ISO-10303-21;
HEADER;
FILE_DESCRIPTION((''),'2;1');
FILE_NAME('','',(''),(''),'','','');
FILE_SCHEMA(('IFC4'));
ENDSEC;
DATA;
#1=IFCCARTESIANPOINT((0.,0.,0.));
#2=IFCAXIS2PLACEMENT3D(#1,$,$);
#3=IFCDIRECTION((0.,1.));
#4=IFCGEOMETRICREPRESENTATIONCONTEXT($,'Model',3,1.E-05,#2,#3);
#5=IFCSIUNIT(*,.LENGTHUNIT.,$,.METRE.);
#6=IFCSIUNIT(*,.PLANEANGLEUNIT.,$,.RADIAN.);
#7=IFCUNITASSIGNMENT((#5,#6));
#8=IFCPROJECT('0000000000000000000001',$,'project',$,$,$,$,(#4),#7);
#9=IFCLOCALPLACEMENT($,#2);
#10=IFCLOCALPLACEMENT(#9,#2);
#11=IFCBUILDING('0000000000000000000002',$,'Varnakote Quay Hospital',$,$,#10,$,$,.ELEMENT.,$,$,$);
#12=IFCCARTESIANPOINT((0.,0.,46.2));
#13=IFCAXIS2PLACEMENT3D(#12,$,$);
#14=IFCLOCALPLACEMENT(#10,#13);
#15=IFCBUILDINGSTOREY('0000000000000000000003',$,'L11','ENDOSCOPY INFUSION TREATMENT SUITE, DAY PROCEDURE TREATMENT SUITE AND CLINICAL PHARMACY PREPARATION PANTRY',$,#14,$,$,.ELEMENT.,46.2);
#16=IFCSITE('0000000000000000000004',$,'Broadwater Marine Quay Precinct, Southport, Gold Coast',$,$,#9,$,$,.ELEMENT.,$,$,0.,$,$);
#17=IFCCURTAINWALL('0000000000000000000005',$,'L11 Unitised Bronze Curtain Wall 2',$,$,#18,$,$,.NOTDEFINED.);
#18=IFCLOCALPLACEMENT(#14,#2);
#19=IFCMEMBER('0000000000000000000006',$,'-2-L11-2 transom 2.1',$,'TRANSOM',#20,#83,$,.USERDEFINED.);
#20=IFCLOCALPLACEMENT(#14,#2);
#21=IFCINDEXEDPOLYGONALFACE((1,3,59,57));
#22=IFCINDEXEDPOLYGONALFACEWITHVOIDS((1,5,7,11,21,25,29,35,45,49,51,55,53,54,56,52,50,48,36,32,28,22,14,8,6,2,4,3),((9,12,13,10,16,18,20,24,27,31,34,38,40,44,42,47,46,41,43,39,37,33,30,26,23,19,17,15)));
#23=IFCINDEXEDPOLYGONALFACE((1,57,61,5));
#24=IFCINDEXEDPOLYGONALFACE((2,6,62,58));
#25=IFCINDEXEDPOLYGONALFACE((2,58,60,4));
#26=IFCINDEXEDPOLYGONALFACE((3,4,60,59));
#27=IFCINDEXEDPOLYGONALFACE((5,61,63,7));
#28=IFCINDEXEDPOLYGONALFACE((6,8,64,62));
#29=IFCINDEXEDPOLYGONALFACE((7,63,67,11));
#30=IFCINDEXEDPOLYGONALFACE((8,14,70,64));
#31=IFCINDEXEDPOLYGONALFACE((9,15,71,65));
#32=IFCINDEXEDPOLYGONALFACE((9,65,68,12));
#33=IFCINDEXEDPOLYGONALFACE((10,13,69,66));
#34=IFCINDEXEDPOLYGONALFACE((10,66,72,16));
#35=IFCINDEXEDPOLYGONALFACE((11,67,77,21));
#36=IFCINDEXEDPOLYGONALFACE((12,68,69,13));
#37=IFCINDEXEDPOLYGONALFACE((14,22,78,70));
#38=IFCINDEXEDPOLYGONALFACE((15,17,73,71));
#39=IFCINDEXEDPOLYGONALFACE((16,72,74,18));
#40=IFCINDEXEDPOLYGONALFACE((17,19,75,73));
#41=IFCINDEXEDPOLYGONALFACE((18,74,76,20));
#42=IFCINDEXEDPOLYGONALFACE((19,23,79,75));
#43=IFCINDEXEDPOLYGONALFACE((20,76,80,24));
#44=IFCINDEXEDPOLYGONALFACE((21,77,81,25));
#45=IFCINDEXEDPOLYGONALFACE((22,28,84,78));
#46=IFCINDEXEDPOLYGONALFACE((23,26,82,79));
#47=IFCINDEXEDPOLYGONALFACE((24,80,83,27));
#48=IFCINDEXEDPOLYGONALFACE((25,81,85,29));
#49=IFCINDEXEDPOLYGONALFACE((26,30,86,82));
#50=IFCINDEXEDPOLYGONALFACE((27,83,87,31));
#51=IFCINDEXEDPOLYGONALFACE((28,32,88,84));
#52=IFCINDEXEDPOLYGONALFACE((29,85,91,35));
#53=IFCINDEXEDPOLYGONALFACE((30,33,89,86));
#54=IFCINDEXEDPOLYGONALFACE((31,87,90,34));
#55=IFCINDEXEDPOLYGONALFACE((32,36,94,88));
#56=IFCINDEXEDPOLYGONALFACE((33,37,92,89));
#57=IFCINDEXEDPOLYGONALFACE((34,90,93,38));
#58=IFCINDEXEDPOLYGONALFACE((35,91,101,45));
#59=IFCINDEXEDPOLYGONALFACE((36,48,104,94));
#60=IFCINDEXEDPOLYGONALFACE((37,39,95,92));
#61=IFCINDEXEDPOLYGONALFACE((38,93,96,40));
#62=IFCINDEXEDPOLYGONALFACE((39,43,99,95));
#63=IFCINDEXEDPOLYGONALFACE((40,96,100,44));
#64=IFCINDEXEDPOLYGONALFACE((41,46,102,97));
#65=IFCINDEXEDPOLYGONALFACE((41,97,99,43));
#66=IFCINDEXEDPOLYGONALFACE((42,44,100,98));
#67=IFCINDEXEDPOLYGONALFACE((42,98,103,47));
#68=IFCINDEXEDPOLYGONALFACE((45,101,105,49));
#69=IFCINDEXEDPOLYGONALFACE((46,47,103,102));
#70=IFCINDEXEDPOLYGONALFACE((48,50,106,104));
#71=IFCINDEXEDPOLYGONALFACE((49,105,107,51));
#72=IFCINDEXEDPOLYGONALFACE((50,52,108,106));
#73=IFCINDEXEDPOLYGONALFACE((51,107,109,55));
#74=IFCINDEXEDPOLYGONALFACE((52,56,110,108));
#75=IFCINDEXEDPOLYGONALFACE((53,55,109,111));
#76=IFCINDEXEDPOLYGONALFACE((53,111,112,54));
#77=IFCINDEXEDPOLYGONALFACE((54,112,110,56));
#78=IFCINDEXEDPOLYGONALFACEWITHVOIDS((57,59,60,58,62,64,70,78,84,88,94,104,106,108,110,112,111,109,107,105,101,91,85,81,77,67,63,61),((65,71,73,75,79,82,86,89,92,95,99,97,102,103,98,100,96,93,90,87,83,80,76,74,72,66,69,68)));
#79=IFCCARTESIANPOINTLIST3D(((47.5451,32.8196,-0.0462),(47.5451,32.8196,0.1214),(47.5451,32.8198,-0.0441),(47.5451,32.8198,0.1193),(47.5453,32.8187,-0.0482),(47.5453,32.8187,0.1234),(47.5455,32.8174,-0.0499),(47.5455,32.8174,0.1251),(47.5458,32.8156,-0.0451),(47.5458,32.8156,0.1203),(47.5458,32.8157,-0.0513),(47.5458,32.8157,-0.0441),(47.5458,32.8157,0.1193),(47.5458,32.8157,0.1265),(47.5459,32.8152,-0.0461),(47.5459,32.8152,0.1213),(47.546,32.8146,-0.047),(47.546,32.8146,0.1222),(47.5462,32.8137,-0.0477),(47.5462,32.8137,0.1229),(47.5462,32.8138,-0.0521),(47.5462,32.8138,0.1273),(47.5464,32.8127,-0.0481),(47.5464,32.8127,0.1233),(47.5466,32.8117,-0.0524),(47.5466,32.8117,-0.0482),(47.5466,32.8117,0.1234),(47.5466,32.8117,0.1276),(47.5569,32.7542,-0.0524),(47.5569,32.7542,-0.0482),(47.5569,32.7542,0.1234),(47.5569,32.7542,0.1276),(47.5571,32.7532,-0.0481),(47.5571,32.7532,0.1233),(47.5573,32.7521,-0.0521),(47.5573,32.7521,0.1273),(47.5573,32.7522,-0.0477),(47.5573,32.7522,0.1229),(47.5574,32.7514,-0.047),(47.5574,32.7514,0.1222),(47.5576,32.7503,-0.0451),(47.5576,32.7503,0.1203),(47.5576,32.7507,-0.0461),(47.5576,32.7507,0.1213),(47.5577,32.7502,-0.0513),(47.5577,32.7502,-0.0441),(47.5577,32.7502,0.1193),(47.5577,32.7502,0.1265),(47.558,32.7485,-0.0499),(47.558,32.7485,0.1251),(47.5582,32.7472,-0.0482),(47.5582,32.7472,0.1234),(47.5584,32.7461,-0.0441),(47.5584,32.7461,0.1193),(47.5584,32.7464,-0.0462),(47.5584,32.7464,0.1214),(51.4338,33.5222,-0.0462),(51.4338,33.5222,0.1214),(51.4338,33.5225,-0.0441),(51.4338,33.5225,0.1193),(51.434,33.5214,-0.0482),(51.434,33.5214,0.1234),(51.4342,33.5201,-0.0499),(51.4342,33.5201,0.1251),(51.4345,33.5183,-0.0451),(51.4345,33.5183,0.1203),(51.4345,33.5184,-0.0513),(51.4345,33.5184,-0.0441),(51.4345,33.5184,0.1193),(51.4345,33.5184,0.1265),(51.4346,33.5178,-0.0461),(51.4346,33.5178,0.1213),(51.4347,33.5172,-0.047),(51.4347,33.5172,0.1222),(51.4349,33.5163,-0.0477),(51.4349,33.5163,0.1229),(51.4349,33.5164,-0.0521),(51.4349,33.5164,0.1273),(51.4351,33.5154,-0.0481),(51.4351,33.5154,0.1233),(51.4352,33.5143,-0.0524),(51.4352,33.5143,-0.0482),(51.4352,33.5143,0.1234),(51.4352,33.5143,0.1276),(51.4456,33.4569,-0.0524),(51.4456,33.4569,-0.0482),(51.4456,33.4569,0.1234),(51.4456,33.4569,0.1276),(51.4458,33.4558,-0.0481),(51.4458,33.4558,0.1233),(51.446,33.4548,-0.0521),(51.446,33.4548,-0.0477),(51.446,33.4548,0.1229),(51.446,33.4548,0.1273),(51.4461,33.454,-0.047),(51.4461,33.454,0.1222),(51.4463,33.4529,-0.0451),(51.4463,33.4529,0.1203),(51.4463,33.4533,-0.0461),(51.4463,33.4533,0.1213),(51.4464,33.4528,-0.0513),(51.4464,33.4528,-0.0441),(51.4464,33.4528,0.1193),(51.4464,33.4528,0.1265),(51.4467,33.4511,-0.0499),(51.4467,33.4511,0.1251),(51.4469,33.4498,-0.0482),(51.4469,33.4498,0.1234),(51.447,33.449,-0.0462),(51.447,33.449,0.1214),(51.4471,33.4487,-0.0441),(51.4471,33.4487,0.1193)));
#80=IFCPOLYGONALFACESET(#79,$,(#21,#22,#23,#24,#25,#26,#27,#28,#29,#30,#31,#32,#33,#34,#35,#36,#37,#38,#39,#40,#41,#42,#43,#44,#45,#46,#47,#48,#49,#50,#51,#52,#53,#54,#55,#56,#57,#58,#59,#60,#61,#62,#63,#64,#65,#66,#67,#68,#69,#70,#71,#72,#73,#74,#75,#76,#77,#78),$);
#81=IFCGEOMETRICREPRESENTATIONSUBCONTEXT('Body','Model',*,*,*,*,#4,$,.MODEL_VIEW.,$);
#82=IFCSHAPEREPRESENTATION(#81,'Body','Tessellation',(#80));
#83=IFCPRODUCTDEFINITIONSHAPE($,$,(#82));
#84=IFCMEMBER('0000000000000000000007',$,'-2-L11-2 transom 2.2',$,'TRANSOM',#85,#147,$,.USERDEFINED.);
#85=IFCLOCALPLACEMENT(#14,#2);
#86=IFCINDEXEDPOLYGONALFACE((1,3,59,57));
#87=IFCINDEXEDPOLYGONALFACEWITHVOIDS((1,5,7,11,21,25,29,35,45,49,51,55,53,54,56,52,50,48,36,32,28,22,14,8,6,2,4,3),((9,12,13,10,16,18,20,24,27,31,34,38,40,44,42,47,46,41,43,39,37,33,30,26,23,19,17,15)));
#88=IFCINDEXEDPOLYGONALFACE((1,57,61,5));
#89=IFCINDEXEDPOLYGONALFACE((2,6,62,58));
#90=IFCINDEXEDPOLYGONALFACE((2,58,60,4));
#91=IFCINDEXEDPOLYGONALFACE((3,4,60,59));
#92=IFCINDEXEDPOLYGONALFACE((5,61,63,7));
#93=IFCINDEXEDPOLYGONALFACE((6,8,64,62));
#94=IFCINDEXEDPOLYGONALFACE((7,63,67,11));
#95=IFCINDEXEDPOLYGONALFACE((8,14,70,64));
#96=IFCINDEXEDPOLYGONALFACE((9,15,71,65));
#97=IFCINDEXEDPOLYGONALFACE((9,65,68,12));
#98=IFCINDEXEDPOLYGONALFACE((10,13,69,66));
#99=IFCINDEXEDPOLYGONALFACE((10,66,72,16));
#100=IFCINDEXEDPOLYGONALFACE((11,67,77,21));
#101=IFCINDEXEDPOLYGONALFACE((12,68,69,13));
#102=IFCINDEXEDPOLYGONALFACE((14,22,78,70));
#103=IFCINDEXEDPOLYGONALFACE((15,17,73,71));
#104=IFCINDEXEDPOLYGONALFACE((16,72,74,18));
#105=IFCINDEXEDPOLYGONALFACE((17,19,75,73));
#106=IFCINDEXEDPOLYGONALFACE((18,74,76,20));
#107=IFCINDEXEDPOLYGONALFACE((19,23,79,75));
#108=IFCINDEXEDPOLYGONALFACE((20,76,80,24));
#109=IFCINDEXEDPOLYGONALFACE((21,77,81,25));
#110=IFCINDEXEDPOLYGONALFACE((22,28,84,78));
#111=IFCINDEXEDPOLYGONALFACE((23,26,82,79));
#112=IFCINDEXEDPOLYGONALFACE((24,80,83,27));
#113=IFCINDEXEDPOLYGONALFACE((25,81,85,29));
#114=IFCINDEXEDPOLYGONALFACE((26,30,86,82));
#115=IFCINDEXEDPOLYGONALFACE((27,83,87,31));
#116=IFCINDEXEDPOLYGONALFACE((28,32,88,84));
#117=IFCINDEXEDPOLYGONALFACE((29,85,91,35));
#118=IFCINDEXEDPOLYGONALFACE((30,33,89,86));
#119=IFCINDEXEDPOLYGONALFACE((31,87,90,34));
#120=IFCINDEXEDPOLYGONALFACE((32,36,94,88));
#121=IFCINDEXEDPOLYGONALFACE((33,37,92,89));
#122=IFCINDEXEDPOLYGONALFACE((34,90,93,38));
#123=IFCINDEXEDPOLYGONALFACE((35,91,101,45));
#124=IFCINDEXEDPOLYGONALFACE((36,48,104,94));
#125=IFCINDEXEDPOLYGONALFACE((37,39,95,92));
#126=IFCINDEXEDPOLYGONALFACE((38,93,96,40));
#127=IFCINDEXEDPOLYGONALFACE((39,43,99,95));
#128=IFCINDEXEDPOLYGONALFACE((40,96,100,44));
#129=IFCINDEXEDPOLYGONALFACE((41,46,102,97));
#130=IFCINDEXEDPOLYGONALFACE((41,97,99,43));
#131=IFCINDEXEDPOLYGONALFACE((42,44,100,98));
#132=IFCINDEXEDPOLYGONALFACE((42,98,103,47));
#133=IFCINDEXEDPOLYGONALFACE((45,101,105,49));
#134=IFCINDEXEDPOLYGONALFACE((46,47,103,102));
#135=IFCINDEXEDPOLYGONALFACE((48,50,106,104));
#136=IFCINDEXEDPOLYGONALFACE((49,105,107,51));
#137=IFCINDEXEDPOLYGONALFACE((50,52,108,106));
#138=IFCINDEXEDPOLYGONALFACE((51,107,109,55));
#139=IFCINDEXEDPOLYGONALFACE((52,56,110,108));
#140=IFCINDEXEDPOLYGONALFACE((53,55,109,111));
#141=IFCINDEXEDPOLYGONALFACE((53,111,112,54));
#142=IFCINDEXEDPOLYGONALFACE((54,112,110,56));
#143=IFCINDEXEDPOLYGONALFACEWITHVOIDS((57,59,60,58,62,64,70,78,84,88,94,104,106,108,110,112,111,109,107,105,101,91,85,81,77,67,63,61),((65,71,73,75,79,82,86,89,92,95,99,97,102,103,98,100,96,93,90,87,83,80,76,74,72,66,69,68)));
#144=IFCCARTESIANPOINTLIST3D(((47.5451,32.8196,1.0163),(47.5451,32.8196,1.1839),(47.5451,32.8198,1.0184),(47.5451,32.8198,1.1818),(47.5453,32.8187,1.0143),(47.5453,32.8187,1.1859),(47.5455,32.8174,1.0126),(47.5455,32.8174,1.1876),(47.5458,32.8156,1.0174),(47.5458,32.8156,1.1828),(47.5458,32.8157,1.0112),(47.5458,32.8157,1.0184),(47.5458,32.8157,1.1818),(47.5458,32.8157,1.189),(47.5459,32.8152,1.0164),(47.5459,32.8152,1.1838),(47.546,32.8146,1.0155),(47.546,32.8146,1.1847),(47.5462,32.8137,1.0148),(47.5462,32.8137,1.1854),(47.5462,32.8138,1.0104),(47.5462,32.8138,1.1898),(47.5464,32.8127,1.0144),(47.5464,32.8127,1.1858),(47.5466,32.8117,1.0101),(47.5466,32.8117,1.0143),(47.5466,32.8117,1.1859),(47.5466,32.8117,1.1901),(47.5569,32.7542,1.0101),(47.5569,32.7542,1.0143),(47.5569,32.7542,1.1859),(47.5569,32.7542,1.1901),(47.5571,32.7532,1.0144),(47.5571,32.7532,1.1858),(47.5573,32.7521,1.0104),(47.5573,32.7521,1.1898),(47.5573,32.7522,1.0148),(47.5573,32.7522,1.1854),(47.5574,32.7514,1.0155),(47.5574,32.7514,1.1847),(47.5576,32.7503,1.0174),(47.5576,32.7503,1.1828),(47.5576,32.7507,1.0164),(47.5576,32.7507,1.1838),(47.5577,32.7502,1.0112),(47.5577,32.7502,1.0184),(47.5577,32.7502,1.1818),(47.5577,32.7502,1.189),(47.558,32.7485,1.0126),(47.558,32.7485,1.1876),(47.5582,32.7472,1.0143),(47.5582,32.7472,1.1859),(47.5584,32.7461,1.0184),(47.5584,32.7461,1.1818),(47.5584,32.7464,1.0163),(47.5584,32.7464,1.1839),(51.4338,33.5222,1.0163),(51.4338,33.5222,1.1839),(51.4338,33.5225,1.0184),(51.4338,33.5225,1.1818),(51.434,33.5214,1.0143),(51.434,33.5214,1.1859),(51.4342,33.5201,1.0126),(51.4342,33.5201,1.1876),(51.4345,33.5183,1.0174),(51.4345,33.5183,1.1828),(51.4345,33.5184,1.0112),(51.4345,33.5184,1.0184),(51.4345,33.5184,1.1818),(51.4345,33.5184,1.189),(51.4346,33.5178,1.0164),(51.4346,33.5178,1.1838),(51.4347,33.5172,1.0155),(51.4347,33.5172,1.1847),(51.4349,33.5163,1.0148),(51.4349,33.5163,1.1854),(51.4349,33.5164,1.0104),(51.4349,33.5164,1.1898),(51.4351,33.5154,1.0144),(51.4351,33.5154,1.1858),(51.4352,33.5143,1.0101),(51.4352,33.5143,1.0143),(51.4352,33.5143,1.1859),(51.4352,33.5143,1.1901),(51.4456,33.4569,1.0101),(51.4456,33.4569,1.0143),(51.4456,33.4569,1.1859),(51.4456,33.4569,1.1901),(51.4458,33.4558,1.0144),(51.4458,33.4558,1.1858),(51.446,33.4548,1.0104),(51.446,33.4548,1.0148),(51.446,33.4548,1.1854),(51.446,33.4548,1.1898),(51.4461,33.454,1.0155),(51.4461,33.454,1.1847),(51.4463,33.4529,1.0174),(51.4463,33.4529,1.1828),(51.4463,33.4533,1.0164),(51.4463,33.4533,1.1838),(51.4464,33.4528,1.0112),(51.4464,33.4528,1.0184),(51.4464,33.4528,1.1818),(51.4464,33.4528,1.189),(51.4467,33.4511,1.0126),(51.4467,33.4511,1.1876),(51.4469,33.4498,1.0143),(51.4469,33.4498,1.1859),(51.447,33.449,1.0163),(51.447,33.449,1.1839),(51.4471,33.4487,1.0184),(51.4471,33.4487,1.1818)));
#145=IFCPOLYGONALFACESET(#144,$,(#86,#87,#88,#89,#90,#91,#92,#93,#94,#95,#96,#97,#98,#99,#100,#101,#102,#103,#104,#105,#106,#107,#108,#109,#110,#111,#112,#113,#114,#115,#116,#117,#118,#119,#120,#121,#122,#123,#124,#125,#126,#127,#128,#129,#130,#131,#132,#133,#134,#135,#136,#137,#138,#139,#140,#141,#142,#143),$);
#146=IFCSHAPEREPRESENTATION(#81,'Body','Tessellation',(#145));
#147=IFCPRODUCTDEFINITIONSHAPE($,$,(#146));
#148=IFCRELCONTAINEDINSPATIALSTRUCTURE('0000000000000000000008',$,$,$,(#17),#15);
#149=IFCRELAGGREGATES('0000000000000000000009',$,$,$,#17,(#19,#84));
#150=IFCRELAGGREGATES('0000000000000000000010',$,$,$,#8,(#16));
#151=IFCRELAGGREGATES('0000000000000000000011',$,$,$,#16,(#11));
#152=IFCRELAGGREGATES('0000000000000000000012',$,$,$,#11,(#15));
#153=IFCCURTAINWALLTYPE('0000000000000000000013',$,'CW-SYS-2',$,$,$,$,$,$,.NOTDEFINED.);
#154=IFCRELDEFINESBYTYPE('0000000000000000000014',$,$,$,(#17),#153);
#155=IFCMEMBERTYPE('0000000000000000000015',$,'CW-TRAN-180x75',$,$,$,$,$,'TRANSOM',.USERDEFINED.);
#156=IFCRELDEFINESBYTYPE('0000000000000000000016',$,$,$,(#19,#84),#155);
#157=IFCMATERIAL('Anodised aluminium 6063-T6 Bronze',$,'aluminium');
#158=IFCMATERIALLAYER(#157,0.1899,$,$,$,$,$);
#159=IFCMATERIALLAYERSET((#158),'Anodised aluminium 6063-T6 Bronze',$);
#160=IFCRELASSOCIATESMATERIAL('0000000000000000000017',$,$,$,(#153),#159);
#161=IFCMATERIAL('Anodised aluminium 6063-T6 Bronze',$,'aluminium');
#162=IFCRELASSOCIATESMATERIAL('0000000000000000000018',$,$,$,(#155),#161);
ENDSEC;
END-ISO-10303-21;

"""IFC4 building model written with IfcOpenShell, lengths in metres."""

from ifc_helpers import new_model, si_unit, direction, frame, origin, origin_2d, place, context, subcontext, project, spatial, hollow_rectangle, extrude, material, layer, layer_set, material_profile, profile_set, type_object, element, aggregate, save


model = new_model("IFC4")

# Units and contexts
model_context = context("Model", 3, precision=1e-05, world=origin(), true_north=direction((0.0, 1.0)))
body_context = subcontext(model_context, "Body", "Model", "MODEL_VIEW")
ifc_project = project(units=[si_unit("LENGTHUNIT", "METRE"), si_unit("PLANEANGLEUNIT", "RADIAN")], contexts=[model_context])

# Site, building, storey
site_placement = place(None, origin())
site = spatial("IfcSite", under=ifc_project, at=site_placement, Name="Broadwater Marine Quay Precinct, Southport, Gold Coast", CompositionType="ELEMENT", RefElevation=0.0)
building_placement = place(site_placement, origin())
building = spatial("IfcBuilding", under=site, at=building_placement, Name="Varnakote Quay Hospital", CompositionType="ELEMENT")
storey_placement = place(building_placement, frame((0.0, 0.0, 46.2)))
storey = spatial("IfcBuildingStorey", under=building, at=storey_placement, Name="L11", Description="ENDOSCOPY INFUSION TREATMENT SUITE, DAY PROCEDURE TREATMENT SUITE AND CLINICAL PHARMACY PREPARATION PANTRY", CompositionType="ELEMENT", Elevation=46.2)

# Shared definitions
ifc_material_1 = material(Name="Anodised aluminium 6063-T6 Bronze", Category="aluminium")
ifc_layer_1 = layer(ifc_material_1, 0.1899)
ifc_layer_set_1 = layer_set([ifc_layer_1], Name="Anodised aluminium 6063-T6 Bronze")
curtain_wall_type = type_object("IfcCurtainWallType", Name="CW-SYS-2", PredefinedType="NOTDEFINED", material=ifc_layer_set_1)

# Curtain wall, members
curtain_wall_1_placement = place(storey_placement, origin())
curtain_wall_1 = element("IfcCurtainWall", 1, at=curtain_wall_1_placement, inside=storey, type_object=curtain_wall_type, Name="L11 Unitised Bronze Curtain Wall 2", PredefinedType="NOTDEFINED")
ifc_material_2 = material(Name="Anodised aluminium 6063-T6 Bronze", Category="aluminium")
ifc_material_profile_1 = material_profile(ifc_material_2, hollow_rectangle(XDim=0.075, YDim=0.1799, WallThickness=0.0042, InnerFilletRadius=0.0042, OuterFilletRadius=0.0083, at=origin_2d()), Name="CW-TRAN-180x75")
ifc_profile_set_1 = profile_set([ifc_material_profile_1], Name="Anodised aluminium 6063-T6 Bronze")
member_type_1 = type_object("IfcMemberType", Name="CW-TRAN-180x75", ElementType="TRANSOM", PredefinedType="USERDEFINED", material=ifc_profile_set_1)
member_1_placement = place(storey_placement, frame((51.4404, 33.4856, 0.0376), z_axis=(-0.984065, -0.177809, 0.0), x_axis=(0.177809, -0.984065, 0.0)))
member_1 = element("IfcMember", 2, at=member_1_placement, type_object=member_type_1, Name="-2-L11-2 transom 2.1", ObjectType="TRANSOM", PredefinedType="USERDEFINED", context=body_context, shape_type="SweptSolid", body=[
    extrude(hollow_rectangle(XDim=0.075, YDim=0.1799, WallThickness=0.0042, InnerFilletRadius=0.0042, OuterFilletRadius=0.0083, at=origin_2d()), origin(), (0.0, 0.0, 1.0), 3.9517),
])
member_2_placement = place(storey_placement, frame((51.4404, 33.4856, 1.1001), z_axis=(-0.984065, -0.177809, 0.0), x_axis=(0.177809, -0.984065, 0.0)))
member_2 = element("IfcMember", 3, at=member_2_placement, type_object=member_type_1, Name="-2-L11-2 transom 2.2", ObjectType="TRANSOM", PredefinedType="USERDEFINED", context=body_context, shape_type="SweptSolid", body=[
    extrude(hollow_rectangle(XDim=0.075, YDim=0.1799, WallThickness=0.0042, InnerFilletRadius=0.0042, OuterFilletRadius=0.0083, at=origin_2d()), origin(), (0.0, 0.0, 1.0), 3.9517),
])

aggregate(curtain_wall_1, [member_1, member_2])

save(model, "model.ifc")
